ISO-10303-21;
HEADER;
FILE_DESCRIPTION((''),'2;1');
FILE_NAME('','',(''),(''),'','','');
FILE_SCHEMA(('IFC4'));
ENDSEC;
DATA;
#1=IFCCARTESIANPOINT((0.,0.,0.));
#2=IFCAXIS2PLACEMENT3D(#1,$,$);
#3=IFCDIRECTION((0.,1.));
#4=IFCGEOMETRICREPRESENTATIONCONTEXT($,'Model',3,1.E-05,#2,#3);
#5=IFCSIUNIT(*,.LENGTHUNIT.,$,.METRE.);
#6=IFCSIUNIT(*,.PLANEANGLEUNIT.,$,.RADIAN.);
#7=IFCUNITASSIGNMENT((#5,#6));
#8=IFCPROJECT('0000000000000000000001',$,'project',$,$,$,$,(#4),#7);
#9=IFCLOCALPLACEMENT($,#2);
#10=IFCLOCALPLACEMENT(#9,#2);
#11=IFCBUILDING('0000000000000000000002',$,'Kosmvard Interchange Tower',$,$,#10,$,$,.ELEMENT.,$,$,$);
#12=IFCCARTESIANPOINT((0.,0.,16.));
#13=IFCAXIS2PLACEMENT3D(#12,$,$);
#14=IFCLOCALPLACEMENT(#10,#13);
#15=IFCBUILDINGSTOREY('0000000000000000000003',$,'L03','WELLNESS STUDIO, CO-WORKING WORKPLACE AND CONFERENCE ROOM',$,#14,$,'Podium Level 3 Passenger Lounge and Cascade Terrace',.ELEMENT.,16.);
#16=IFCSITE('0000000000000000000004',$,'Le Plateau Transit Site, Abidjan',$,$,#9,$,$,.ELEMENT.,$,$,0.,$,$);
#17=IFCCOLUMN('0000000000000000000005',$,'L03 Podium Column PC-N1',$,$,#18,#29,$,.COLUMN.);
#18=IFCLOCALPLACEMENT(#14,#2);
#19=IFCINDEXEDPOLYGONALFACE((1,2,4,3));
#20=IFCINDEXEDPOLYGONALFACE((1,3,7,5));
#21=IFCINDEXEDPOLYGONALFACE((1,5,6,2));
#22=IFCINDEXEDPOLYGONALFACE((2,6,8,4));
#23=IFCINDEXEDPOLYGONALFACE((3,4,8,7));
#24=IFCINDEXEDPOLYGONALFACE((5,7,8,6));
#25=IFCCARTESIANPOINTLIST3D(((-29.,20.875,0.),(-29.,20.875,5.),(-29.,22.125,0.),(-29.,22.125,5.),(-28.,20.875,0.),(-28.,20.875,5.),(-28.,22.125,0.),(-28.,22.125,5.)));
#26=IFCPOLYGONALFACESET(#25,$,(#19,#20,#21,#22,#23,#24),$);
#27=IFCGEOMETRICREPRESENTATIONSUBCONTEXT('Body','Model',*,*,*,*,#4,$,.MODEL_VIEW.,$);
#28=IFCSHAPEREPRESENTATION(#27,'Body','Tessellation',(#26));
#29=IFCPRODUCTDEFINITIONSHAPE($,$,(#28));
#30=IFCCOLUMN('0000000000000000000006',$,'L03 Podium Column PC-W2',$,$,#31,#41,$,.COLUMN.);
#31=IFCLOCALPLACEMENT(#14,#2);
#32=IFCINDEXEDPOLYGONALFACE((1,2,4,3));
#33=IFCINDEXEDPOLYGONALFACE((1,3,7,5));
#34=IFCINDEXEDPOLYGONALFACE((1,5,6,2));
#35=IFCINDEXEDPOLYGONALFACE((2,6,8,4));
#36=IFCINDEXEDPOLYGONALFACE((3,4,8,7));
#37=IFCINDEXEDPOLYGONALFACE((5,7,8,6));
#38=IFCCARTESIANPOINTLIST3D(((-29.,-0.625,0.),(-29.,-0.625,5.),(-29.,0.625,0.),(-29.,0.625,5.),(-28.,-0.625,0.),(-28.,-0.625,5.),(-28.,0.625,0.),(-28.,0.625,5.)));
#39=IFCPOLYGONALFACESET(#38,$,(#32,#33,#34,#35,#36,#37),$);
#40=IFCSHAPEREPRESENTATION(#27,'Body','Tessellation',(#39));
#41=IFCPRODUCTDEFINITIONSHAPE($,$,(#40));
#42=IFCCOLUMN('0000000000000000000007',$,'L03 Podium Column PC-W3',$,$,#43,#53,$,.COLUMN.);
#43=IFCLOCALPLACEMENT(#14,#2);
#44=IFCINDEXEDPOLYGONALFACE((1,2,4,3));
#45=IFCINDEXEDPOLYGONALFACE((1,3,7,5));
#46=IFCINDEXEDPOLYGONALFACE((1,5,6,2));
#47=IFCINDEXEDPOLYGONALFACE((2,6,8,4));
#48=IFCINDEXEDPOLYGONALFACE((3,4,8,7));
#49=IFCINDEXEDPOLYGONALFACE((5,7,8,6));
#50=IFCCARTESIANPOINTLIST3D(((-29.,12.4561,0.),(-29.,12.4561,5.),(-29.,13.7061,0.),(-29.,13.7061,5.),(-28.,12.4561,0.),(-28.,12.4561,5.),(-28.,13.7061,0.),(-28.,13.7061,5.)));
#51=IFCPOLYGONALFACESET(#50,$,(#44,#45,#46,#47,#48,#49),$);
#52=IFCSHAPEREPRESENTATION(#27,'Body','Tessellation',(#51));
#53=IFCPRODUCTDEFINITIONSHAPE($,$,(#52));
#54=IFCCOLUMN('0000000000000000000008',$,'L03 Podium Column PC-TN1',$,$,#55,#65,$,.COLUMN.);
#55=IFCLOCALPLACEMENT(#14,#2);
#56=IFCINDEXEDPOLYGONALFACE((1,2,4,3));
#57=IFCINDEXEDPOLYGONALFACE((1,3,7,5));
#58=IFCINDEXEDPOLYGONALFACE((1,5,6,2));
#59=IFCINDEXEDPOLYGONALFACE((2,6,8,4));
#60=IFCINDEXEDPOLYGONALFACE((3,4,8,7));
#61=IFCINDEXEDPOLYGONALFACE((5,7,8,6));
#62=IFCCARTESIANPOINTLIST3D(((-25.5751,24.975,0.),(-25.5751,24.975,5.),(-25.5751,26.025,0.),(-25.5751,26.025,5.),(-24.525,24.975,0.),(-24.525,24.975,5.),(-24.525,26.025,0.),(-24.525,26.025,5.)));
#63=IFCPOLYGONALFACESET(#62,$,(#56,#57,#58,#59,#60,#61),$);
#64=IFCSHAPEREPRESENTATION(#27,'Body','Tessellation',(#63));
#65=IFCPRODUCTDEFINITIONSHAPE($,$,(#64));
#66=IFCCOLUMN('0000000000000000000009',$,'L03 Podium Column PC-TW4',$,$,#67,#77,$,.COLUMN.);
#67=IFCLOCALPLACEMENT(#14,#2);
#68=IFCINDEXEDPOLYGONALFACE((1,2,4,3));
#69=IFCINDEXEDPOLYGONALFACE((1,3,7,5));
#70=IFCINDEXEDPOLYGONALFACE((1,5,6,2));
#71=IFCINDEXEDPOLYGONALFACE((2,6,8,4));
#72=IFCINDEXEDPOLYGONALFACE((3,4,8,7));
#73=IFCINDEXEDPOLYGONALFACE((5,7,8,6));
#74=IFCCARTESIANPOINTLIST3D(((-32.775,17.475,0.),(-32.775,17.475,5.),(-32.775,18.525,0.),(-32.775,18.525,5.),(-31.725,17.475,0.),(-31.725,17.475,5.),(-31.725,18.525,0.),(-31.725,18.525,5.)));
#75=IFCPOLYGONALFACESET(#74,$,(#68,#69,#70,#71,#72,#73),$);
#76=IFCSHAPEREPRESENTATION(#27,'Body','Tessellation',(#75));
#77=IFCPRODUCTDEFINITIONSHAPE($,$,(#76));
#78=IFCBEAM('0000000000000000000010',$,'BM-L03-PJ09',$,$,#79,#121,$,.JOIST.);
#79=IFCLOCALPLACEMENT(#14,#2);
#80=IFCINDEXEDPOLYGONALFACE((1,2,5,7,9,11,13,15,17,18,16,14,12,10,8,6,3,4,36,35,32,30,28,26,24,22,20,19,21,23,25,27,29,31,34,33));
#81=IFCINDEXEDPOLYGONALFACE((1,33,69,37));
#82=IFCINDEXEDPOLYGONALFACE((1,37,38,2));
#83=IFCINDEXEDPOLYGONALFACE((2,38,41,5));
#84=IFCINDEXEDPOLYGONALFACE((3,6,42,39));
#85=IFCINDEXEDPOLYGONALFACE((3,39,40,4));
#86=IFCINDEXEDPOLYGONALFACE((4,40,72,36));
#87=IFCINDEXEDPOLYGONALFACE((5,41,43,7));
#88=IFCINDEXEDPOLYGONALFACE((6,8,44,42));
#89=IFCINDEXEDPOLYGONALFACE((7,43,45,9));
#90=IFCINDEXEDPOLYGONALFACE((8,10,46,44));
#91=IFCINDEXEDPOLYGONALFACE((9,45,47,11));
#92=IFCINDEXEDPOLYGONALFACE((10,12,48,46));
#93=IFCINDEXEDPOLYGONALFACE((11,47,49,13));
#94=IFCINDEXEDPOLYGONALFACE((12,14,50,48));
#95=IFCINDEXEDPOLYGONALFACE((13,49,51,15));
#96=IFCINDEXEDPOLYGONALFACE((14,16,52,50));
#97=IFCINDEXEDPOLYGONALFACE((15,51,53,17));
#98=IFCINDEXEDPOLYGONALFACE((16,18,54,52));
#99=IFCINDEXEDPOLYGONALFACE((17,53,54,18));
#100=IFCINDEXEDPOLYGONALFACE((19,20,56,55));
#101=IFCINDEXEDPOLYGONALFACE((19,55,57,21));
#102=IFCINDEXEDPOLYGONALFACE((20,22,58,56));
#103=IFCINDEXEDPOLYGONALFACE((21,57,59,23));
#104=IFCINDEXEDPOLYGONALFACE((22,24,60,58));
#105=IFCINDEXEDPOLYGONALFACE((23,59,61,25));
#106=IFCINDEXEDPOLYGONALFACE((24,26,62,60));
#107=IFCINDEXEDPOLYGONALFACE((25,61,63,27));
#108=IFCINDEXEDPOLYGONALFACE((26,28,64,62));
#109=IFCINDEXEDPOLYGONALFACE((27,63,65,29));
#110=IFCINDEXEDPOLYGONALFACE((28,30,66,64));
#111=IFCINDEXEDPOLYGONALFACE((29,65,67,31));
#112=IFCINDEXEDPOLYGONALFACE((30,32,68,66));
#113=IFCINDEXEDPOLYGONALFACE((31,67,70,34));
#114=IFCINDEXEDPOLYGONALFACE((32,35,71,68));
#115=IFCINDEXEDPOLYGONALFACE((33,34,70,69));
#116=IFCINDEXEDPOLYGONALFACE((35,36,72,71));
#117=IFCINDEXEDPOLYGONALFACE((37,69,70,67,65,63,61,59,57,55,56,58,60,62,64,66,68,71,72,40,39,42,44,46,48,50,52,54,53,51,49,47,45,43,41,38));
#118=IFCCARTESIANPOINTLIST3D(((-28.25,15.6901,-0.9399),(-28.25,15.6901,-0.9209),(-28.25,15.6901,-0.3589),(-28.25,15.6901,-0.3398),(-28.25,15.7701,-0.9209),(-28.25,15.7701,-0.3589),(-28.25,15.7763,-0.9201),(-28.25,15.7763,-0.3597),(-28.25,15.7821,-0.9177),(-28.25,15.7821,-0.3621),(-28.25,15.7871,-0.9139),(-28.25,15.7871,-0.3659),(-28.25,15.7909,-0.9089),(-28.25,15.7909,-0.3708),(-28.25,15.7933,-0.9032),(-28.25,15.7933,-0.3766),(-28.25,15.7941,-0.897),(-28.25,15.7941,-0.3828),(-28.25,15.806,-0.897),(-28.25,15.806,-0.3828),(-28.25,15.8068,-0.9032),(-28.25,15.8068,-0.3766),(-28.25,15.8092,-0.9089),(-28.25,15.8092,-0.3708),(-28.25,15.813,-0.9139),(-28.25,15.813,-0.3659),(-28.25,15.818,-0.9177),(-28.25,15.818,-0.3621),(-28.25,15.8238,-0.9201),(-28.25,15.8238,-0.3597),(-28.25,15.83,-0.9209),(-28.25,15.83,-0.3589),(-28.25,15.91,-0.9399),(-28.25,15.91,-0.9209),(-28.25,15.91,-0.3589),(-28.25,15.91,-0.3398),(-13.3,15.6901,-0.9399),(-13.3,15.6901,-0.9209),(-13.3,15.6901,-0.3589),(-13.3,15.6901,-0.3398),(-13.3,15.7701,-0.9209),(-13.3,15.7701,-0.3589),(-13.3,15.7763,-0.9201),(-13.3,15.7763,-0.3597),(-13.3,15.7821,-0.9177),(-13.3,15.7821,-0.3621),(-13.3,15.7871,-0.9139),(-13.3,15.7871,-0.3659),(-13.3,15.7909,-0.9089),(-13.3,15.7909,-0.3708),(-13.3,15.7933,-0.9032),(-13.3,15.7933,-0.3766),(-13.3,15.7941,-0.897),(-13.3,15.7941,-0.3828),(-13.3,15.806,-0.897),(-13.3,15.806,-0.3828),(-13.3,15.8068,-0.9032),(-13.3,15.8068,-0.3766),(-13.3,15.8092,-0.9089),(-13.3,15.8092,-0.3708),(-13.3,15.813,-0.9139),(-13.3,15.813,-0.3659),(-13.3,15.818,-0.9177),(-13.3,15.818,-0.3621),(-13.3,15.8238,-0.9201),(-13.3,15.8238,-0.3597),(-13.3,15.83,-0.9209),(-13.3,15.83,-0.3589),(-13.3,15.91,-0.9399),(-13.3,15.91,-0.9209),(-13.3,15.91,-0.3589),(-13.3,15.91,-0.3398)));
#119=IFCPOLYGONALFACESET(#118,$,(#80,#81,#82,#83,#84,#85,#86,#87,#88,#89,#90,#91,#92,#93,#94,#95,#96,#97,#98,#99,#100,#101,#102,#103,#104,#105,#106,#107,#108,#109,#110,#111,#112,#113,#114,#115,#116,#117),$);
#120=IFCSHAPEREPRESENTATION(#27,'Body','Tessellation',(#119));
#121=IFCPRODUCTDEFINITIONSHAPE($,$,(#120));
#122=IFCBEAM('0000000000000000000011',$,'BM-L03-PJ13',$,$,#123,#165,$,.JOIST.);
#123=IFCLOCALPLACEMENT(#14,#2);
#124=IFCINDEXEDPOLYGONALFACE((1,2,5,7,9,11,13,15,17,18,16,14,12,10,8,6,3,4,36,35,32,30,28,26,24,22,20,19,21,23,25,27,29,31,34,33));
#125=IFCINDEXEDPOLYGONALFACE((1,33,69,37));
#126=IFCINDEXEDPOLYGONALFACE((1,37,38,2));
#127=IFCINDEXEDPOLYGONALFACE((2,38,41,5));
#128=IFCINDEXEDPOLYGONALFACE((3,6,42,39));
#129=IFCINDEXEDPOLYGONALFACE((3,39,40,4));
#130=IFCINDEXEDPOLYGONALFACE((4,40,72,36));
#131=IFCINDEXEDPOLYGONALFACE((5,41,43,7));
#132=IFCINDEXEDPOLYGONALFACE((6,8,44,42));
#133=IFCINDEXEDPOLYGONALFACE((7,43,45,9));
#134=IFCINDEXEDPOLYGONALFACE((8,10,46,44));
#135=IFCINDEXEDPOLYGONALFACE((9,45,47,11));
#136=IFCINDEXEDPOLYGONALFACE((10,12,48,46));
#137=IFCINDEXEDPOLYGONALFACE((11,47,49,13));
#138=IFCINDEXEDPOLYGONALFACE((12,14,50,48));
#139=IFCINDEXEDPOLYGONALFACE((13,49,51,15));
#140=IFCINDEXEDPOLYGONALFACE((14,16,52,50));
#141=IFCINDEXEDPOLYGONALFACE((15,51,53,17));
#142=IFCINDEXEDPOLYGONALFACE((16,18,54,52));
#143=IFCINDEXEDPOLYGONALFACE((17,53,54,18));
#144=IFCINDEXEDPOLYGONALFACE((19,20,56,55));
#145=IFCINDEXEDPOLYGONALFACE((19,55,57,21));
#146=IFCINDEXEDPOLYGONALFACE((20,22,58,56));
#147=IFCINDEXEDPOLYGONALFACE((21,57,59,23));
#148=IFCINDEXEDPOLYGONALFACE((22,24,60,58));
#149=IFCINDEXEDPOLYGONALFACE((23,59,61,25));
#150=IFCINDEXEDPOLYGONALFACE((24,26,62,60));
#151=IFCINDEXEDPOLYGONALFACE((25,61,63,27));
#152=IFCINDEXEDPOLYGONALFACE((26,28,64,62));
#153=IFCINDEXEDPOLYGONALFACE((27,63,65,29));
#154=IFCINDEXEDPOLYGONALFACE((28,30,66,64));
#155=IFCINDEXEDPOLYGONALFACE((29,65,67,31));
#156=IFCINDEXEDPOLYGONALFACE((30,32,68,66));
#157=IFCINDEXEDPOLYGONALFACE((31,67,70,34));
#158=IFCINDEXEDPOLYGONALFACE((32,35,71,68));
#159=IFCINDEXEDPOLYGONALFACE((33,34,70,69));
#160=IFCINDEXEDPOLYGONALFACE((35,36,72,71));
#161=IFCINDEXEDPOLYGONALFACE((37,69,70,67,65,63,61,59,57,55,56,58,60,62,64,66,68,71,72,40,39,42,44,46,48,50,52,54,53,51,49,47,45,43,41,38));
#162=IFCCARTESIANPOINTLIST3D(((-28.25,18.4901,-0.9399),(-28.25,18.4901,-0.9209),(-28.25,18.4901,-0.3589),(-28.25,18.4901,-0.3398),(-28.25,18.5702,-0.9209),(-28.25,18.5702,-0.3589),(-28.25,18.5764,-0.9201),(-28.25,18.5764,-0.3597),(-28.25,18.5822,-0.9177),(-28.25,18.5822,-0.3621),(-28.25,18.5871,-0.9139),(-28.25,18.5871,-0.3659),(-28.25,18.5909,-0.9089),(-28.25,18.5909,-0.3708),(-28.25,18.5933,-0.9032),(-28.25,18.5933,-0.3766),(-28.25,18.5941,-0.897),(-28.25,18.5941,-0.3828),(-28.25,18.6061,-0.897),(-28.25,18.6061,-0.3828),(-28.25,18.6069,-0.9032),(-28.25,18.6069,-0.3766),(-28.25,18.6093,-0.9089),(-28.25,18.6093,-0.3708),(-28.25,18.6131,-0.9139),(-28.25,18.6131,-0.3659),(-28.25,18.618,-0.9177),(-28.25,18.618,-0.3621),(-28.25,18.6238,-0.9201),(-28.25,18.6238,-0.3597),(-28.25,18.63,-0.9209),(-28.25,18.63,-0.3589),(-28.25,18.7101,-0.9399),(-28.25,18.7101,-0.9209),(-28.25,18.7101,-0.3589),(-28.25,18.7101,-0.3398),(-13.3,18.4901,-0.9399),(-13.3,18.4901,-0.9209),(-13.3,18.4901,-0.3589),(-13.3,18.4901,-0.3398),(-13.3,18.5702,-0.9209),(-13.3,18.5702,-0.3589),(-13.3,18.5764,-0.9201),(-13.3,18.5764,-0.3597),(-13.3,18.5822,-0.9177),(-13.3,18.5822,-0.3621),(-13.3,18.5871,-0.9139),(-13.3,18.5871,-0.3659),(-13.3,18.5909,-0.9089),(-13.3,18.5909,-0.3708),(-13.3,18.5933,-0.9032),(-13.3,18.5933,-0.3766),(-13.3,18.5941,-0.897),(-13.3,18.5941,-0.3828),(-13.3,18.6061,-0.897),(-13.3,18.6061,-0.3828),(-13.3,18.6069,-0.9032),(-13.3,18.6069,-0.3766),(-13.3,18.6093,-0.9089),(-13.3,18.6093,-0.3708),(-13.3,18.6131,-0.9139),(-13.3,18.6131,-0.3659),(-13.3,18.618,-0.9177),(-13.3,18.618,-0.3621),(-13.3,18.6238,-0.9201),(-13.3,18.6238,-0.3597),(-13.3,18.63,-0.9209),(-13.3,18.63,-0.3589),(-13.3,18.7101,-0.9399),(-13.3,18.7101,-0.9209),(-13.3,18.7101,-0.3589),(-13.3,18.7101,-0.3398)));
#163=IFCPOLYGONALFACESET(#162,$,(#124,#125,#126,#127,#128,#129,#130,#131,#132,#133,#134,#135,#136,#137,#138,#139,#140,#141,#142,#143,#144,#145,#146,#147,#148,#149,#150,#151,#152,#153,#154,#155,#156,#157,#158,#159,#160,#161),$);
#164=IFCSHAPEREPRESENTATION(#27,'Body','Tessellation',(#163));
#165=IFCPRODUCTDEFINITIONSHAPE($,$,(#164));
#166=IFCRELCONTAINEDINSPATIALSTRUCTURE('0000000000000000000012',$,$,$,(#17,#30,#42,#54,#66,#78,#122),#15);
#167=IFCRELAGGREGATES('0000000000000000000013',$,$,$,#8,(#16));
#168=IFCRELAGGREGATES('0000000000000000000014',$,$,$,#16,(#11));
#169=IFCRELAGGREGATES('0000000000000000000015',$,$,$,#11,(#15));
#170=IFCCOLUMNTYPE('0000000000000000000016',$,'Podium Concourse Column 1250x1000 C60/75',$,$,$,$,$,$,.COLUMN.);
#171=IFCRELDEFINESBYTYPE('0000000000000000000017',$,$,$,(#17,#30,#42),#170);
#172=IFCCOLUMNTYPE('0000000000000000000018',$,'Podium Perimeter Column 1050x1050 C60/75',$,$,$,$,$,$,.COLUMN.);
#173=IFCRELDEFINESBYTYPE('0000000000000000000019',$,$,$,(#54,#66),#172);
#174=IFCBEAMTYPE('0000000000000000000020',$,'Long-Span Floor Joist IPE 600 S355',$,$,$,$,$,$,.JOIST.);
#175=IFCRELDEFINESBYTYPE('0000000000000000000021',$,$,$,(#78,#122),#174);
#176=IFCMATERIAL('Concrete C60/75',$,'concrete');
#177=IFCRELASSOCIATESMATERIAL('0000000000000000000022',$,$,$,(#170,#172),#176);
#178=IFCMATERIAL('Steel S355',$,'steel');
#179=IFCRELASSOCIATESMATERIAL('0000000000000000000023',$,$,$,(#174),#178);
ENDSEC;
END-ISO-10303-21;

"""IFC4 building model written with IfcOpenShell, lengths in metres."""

from ifc_helpers import new_model, si_unit, direction, frame, origin, origin_2d, place, context, subcontext, project, spatial, rectangle, i_section, extrude, source, transform, mapped, material, material_profile, profile_set, type_object, element, save


model = new_model("IFC4")

# Units and contexts
model_context = context("Model", 3, precision=1e-05, world=origin(), true_north=direction((0.0, 1.0)))
body_context = subcontext(model_context, "Body", "Model", "MODEL_VIEW")
ifc_project = project(units=[si_unit("LENGTHUNIT", "METRE"), si_unit("PLANEANGLEUNIT", "RADIAN")], contexts=[model_context])

# Site, building, storey
site_placement = place(None, origin())
site = spatial("IfcSite", under=ifc_project, at=site_placement, Name="Le Plateau Transit Site, Abidjan", CompositionType="ELEMENT", RefElevation=0.0)
building_placement = place(site_placement, origin())
building = spatial("IfcBuilding", under=site, at=building_placement, Name="Kosmvard Interchange Tower", CompositionType="ELEMENT")
storey_placement = place(building_placement, frame((0.0, 0.0, 16.0)))
storey = spatial("IfcBuildingStorey", under=building, at=storey_placement, Name="L03", Description="WELLNESS STUDIO, CO-WORKING WORKPLACE AND CONFERENCE ROOM", LongName="Podium Level 3 Passenger Lounge and Cascade Terrace", CompositionType="ELEMENT", Elevation=16.0)

# Columns
ifc_material_1 = material(Name="Concrete C60/75", Category="concrete")
ifc_material_profile_1 = material_profile(ifc_material_1, rectangle(XDim=1.0, YDim=1.25, at=origin_2d()), Name="PC 1250x1000")
ifc_profile_set_1 = profile_set([ifc_material_profile_1], Name="Concrete C60/75")
column_type_1 = type_object("IfcColumnType", Name="Podium Concourse Column 1250x1000 C60/75", PredefinedType="COLUMN", material=ifc_profile_set_1)
shared_shape_1 = source(origin(), body_context, "Body", "SweptSolid", [
    extrude(rectangle(XDim=1.0, YDim=1.25, at=origin_2d()), origin(), (0.0, 0.0, 1.0), 5.0),
])
for number, where, z_axis, x_axis, name in (
    (1, (-28.5, 21.5, 0.0), (0.0, 0.0, 1.0), (1.0, 0.0, 0.0), "L03 Podium Column PC-N1"),
    (2, (-28.5, 0.0, 0.0), (0.0, 0.0, 1.0), (1.0, 0.0, 0.0), "L03 Podium Column PC-W2"),
    (3, (-28.5, 13.0811, 0.0), (0.0, 0.0, 1.0), (1.0, 0.0, 0.0), "L03 Podium Column PC-W3"),
):
    element("IfcColumn", number, at=place(storey_placement, frame(where, z_axis=z_axis, x_axis=x_axis)), inside=storey, type_object=column_type_1, Name=name, PredefinedType="COLUMN", context=body_context, shape_type="MappedRepresentation", body=[
        mapped(shared_shape_1, transform((0.0, 0.0, 0.0), scale=1.0)),
    ])
ifc_material_profile_2 = material_profile(ifc_material_1, rectangle(XDim=1.05, YDim=1.05, at=origin_2d()), Name="PC 1050x1050")
ifc_profile_set_2 = profile_set([ifc_material_profile_2], Name="Concrete C60/75")
column_type_2 = type_object("IfcColumnType", Name="Podium Perimeter Column 1050x1050 C60/75", PredefinedType="COLUMN", material=ifc_profile_set_2)
shared_shape_2 = source(origin(), body_context, "Body", "SweptSolid", [
    extrude(rectangle(XDim=1.05, YDim=1.05, at=origin_2d()), origin(), (0.0, 0.0, 1.0), 5.0),
])
for number, where, z_axis, x_axis, name in (
    (4, (-25.05, 25.5, 0.0), (0.0, 0.0, 1.0), (1.0, 0.0, 0.0), "L03 Podium Column PC-TN1"),
    (5, (-32.25, 18.0, 0.0), (0.0, 0.0, 1.0), (1.0, 0.0, 0.0), "L03 Podium Column PC-TW4"),
):
    element("IfcColumn", number, at=place(storey_placement, frame(where, z_axis=z_axis, x_axis=x_axis)), inside=storey, type_object=column_type_2, Name=name, PredefinedType="COLUMN", context=body_context, shape_type="MappedRepresentation", body=[
        mapped(shared_shape_2, transform((0.0, 0.0, 0.0), scale=1.0)),
    ])

# Beams
ifc_material_2 = material(Name="Steel S355", Category="steel")
ifc_material_profile_3 = material_profile(ifc_material_2, i_section(OverallWidth=0.22, OverallDepth=0.6001, WebThickness=0.012, FlangeThickness=0.019, FilletRadius=0.0239, at=origin_2d()), Name="IPE 600")
ifc_profile_set_3 = profile_set([ifc_material_profile_3], Name="Steel S355")
beam_type_1 = type_object("IfcBeamType", Name="Long-Span Floor Joist IPE 600 S355", PredefinedType="JOIST", material=ifc_profile_set_3)
shared_shape_3 = source(origin(), body_context, "Body", "SweptSolid", [
    extrude(i_section(OverallWidth=0.22, OverallDepth=0.6001, WebThickness=0.012, FlangeThickness=0.019, FilletRadius=0.0239, at=origin_2d()), origin(), (0.0, 0.0, 1.0), 14.95),
])
for number, where, z_axis, x_axis, name in (
    (6, (-28.25, 15.8, -0.6399), (1.0, 0.0, 0.0), (0.0, 1.0, 0.0), "BM-L03-PJ09"),
    (7, (-28.25, 18.6001, -0.6399), (1.0, 0.0, 0.0), (0.0, 1.0, 0.0), "BM-L03-PJ13"),
):
    element("IfcBeam", number, at=place(storey_placement, frame(where, z_axis=z_axis, x_axis=x_axis)), inside=storey, type_object=beam_type_1, Name=name, PredefinedType="JOIST", context=body_context, shape_type="MappedRepresentation", body=[
        mapped(shared_shape_3, transform((0.0, 0.0, 0.0), scale=1.0)),
    ])

save(model, "model.ifc")
